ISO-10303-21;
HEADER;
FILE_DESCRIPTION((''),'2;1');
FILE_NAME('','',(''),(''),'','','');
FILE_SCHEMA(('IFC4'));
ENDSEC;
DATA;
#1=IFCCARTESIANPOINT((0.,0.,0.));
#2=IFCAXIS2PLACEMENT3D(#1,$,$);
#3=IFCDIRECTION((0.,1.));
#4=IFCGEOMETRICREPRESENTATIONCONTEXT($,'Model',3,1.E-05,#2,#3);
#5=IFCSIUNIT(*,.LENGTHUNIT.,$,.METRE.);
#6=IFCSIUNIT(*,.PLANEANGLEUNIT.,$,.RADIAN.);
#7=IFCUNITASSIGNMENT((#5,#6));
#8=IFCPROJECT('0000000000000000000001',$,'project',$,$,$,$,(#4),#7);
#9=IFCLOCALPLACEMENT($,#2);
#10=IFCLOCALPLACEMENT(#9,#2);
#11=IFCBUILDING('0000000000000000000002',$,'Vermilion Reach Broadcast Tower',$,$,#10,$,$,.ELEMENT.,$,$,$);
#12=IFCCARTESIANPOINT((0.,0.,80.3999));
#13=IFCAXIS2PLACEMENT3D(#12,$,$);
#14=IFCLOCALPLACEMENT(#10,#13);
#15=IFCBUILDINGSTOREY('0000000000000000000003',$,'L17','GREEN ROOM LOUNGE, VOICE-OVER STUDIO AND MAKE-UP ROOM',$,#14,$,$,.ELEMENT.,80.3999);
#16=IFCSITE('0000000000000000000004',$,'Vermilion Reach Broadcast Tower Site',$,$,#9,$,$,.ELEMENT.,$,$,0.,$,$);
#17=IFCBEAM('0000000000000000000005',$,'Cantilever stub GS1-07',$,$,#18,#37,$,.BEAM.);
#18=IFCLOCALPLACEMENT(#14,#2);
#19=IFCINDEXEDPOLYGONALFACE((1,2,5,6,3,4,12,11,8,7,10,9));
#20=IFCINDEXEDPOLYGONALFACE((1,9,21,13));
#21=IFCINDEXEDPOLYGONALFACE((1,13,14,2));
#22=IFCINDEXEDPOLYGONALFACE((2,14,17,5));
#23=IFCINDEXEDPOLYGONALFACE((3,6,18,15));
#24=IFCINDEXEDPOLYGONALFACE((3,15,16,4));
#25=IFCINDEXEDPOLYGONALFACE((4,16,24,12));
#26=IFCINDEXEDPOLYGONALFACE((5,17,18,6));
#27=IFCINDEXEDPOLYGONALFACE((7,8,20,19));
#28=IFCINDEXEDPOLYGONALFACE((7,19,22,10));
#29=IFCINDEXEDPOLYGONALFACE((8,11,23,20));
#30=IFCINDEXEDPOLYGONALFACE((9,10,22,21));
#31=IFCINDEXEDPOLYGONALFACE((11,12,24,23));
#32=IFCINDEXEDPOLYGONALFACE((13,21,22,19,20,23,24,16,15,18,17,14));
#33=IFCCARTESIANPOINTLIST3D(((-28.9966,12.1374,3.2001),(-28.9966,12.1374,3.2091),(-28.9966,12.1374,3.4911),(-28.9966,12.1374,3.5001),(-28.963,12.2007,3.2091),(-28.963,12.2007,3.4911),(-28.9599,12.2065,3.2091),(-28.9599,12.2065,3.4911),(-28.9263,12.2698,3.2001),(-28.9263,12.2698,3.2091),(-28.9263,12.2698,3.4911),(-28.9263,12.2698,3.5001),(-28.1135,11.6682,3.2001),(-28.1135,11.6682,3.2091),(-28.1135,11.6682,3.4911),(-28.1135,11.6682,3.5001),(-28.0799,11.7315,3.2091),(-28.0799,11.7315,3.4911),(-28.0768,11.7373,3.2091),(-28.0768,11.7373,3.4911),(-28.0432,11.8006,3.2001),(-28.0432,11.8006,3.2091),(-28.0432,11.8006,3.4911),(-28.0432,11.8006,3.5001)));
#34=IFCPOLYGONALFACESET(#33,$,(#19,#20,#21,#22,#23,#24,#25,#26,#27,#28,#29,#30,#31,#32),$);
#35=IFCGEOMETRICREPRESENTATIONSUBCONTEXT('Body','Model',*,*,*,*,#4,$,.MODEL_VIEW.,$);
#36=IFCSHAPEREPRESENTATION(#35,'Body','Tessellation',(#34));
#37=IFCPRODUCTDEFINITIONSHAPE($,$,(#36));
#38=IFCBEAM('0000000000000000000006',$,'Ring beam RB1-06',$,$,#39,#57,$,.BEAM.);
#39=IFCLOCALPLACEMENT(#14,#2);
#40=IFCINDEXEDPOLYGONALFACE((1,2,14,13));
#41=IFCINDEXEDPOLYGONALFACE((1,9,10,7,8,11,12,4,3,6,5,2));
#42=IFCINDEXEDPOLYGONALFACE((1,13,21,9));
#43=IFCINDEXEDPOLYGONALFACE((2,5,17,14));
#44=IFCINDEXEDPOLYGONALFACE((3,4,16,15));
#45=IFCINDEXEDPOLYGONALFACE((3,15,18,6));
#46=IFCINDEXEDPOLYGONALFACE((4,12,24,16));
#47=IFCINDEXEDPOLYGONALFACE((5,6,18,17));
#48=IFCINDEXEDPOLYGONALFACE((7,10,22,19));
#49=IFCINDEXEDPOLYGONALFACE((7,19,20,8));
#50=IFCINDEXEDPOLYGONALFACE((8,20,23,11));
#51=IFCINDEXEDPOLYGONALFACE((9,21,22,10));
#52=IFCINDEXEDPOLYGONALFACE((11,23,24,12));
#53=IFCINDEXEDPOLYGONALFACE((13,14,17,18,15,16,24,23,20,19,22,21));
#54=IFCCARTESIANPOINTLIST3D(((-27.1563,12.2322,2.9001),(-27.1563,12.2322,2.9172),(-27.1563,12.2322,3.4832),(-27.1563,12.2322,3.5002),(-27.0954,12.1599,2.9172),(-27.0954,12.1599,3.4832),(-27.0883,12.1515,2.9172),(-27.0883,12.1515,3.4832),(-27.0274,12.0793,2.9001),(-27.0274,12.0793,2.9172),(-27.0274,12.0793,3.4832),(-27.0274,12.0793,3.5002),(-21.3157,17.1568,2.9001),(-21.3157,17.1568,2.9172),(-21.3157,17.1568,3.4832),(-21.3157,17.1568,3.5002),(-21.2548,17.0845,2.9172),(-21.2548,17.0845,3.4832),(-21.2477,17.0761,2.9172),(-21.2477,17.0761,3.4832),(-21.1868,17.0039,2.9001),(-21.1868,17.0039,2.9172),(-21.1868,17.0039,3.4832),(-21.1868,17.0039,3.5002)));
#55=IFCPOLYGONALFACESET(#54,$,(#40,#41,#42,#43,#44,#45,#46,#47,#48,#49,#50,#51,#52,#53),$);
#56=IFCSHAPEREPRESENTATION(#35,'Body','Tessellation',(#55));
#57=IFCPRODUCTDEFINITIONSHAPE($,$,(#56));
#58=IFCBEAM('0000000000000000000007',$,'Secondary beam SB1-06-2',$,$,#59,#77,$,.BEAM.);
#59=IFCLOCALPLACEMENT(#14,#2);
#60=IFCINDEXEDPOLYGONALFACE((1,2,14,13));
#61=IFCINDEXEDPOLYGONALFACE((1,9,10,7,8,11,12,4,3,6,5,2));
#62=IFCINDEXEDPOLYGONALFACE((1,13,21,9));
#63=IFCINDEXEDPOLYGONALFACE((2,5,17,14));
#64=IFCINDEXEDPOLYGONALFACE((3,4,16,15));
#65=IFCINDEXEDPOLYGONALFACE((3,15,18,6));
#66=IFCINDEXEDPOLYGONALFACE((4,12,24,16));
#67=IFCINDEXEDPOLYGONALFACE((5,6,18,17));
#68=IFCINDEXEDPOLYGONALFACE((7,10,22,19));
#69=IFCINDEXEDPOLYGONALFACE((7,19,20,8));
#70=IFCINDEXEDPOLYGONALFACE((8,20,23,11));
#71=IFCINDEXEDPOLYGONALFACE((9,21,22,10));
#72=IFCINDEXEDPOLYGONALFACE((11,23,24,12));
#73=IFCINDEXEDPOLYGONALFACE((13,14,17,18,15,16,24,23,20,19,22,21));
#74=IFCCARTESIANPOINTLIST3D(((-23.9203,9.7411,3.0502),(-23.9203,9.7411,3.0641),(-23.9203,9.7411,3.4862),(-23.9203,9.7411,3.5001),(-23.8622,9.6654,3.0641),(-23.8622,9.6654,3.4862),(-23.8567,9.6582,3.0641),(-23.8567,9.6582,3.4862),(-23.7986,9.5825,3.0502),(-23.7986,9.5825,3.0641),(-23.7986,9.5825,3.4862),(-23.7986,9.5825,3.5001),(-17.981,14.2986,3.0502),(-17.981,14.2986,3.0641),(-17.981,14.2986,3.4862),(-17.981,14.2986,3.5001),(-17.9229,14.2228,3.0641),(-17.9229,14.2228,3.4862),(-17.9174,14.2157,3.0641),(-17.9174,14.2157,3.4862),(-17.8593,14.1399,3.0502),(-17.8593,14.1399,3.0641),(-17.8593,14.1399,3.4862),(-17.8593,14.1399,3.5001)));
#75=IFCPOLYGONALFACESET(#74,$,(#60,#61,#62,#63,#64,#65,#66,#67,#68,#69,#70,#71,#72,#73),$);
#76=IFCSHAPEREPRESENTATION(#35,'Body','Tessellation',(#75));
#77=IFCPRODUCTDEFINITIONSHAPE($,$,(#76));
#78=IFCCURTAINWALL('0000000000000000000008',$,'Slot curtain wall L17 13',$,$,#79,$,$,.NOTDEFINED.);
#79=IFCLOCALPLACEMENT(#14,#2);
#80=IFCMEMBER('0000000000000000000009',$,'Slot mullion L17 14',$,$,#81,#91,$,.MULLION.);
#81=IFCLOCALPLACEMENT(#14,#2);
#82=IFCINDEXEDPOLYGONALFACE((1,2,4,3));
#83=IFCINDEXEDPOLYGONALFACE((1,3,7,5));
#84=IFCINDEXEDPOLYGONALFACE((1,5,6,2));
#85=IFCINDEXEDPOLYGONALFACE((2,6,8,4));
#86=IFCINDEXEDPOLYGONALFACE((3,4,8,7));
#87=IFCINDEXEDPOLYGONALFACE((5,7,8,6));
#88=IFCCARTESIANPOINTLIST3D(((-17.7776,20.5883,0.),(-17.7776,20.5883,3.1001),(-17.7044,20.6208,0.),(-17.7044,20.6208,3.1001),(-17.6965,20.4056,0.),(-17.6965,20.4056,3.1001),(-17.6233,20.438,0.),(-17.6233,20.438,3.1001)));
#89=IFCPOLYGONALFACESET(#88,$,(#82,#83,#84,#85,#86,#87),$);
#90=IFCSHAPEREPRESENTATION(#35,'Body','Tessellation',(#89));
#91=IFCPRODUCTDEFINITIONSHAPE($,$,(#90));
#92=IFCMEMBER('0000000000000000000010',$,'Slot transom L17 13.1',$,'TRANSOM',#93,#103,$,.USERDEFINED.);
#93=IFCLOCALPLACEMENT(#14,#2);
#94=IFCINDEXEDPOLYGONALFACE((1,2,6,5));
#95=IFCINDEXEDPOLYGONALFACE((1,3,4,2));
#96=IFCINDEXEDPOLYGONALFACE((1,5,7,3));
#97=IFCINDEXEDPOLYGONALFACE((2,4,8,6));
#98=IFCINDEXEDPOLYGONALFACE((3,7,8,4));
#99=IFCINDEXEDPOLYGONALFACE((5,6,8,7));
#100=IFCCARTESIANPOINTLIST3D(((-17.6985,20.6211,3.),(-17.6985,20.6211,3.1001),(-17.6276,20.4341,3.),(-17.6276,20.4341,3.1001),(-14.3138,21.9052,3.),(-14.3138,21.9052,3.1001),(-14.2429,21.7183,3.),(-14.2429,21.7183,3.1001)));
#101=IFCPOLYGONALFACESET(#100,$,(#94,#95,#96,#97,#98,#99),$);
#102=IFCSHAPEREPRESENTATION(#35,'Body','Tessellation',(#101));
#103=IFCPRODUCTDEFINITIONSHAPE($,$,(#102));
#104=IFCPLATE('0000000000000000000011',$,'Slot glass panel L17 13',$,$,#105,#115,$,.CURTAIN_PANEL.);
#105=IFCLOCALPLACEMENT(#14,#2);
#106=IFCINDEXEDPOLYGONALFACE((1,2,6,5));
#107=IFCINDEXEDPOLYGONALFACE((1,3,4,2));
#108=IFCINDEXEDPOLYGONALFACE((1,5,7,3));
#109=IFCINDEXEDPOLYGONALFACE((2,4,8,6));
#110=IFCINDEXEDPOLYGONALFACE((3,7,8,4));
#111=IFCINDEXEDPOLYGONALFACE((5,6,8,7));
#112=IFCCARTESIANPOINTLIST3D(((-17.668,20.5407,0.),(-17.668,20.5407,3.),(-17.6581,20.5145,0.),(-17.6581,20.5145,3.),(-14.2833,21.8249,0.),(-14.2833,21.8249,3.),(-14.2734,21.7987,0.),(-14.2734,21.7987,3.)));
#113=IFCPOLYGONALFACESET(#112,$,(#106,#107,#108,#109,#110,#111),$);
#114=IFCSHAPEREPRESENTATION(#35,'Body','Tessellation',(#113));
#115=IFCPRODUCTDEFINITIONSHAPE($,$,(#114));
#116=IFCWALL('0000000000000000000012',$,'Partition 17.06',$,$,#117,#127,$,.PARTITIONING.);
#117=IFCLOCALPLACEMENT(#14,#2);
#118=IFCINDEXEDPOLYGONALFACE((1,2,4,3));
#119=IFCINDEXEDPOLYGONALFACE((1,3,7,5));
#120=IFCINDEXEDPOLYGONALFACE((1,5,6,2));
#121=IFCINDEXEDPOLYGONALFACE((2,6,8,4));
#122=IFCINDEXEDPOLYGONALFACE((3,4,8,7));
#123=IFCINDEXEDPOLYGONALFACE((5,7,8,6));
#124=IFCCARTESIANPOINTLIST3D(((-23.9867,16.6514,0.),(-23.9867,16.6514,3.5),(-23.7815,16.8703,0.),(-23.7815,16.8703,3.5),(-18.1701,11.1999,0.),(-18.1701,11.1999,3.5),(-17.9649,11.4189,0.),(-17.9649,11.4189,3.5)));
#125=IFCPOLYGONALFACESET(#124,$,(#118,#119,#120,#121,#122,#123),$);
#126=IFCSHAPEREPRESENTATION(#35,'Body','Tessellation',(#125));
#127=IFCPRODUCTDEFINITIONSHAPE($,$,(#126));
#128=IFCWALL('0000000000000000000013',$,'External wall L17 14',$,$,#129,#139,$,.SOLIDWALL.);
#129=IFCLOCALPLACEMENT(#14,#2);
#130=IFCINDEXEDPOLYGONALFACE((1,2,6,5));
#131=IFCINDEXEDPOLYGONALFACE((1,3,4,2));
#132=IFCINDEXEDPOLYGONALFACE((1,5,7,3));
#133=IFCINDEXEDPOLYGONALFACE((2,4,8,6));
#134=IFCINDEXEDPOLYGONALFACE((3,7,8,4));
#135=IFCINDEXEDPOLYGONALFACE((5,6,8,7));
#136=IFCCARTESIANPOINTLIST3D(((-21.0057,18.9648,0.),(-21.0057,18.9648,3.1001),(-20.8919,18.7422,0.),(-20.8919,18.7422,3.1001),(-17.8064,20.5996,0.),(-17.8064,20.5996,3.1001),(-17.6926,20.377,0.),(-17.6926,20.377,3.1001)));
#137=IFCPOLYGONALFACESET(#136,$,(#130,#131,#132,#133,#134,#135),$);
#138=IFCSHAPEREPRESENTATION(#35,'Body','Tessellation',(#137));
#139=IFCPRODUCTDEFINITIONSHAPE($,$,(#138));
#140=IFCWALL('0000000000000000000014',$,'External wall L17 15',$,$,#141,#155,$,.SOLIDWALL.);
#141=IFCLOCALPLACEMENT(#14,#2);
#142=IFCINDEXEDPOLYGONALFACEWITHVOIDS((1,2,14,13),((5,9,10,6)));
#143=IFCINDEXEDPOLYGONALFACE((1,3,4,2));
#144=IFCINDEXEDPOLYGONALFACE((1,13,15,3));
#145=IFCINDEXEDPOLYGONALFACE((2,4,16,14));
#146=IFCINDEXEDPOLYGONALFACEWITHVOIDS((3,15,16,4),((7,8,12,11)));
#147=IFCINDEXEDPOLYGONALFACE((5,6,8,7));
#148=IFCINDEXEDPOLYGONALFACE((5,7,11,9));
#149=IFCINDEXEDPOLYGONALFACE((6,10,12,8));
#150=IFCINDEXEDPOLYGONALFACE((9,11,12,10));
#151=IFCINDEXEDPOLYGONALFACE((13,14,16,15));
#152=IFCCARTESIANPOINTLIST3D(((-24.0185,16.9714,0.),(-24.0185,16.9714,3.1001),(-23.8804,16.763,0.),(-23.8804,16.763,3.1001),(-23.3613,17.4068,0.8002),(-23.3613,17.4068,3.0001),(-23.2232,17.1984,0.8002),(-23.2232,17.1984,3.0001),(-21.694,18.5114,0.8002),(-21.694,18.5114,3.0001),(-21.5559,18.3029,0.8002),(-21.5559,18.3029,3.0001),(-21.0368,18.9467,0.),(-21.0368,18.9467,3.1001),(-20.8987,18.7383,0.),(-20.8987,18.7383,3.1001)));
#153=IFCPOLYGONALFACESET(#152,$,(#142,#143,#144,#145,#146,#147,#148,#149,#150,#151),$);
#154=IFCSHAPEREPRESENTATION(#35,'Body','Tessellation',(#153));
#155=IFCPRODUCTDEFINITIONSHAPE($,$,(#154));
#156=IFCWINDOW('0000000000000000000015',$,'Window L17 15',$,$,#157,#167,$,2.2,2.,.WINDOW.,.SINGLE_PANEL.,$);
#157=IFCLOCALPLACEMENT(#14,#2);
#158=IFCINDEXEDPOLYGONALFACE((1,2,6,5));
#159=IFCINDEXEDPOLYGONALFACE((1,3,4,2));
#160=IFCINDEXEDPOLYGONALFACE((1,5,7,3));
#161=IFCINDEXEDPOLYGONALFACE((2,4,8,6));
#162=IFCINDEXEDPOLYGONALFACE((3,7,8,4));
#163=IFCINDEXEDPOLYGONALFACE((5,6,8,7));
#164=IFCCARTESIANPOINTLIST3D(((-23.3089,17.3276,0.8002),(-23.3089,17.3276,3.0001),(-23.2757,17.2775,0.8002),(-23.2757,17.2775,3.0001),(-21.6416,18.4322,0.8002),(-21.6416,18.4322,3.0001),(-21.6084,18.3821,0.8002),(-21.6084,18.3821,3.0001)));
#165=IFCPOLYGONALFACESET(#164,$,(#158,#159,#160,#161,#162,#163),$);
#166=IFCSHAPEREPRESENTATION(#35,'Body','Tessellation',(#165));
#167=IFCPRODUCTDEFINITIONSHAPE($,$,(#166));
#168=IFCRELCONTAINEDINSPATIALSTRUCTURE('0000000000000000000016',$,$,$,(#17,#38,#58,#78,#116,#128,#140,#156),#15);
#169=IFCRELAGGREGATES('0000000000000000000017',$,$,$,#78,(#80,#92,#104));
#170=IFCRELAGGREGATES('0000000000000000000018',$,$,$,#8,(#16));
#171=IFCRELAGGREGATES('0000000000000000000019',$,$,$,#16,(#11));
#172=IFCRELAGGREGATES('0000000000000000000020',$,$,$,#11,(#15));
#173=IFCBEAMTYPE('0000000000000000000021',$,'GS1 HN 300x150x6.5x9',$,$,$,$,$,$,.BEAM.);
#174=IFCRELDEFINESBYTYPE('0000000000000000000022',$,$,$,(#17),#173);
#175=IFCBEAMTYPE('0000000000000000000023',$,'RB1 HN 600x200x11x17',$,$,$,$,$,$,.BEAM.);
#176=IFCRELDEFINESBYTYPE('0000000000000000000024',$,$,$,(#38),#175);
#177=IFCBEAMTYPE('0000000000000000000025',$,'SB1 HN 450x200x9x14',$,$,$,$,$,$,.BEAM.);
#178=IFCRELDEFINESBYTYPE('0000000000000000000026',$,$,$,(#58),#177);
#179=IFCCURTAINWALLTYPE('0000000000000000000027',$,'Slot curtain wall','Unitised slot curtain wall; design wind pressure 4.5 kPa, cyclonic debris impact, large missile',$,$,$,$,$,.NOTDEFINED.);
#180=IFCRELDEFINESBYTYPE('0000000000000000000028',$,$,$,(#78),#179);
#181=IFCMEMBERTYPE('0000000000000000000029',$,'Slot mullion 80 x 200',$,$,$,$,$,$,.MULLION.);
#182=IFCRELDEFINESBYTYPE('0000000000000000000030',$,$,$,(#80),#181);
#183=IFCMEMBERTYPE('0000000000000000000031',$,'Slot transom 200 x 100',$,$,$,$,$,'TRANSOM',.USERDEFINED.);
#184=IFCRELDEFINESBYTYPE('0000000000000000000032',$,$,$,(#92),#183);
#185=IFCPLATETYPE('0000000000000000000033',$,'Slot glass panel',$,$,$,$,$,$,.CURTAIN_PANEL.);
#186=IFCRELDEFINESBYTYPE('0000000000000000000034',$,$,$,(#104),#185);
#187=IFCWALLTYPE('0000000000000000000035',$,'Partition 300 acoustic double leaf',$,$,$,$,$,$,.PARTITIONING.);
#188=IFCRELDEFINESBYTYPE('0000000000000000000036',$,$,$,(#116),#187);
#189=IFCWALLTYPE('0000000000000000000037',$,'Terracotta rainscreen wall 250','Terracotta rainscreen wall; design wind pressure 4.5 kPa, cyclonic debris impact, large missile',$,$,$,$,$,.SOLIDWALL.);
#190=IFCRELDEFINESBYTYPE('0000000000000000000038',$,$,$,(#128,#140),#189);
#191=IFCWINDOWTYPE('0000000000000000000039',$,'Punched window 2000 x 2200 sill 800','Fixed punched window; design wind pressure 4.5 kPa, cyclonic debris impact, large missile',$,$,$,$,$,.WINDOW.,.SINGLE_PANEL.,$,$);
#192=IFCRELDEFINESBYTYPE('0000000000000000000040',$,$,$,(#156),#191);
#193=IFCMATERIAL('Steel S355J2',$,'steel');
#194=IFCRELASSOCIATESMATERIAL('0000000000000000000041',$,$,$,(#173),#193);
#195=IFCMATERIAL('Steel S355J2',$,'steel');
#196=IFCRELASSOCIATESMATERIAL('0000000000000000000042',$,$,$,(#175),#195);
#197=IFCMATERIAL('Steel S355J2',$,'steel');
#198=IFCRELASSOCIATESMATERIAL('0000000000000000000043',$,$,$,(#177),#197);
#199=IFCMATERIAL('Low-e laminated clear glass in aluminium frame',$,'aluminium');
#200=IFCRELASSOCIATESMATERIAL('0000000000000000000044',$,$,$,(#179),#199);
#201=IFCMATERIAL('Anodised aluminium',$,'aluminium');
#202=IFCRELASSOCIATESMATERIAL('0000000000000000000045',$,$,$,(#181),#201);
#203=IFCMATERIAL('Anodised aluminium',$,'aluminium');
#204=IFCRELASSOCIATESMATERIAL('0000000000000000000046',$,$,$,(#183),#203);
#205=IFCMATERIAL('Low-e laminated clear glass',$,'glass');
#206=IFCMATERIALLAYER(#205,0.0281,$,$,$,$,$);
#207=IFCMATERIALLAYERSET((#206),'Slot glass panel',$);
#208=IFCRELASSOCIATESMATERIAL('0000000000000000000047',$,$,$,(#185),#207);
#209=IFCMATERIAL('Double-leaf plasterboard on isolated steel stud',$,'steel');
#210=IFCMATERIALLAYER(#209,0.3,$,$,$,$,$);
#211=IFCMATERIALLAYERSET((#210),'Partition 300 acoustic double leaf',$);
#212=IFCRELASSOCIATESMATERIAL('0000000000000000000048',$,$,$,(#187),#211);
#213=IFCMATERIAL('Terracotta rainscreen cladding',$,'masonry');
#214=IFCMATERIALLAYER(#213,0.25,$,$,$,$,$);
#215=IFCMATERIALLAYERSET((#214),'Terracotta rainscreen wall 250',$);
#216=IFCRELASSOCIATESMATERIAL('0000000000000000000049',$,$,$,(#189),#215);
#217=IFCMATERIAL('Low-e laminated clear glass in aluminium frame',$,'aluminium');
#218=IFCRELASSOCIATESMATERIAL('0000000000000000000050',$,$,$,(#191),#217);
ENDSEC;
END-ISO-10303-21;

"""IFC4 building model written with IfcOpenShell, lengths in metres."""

from ifc_helpers import new_model, si_unit, direction, frame, frame_2d, origin, origin_2d, place, context, subcontext, project, spatial, rectangle, i_section, extrude, material, layer, layer_set, material_profile, profile_set, type_object, element, fill, aggregate, save


model = new_model("IFC4")

# Units and contexts
model_context = context("Model", 3, precision=1e-05, world=origin(), true_north=direction((0.0, 1.0)))
body_context = subcontext(model_context, "Body", "Model", "MODEL_VIEW")
ifc_project = project(units=[si_unit("LENGTHUNIT", "METRE"), si_unit("PLANEANGLEUNIT", "RADIAN")], contexts=[model_context])

# Site, building, storey
site_placement = place(None, origin())
site = spatial("IfcSite", under=ifc_project, at=site_placement, Name="Vermilion Reach Broadcast Tower Site", CompositionType="ELEMENT", RefElevation=0.0)
building_placement = place(site_placement, origin())
building = spatial("IfcBuilding", under=site, at=building_placement, Name="Vermilion Reach Broadcast Tower", CompositionType="ELEMENT")
storey_placement = place(building_placement, frame((0.0, 0.0, 80.3999)))
storey = spatial("IfcBuildingStorey", under=building, at=storey_placement, Name="L17", Description="GREEN ROOM LOUNGE, VOICE-OVER STUDIO AND MAKE-UP ROOM", CompositionType="ELEMENT", Elevation=80.3999)

# Beams
ifc_material_1 = material(Name="Steel S355J2", Category="steel")
ifc_material_profile_1 = material_profile(ifc_material_1, i_section(OverallWidth=0.1499, OverallDepth=0.3, WebThickness=0.0066, FlangeThickness=0.009, at=origin_2d()), Name="S355J2 HN 300x150x6.5x9")
ifc_profile_set_1 = profile_set([ifc_material_profile_1], Name="Steel S355J2")
beam_type_1 = type_object("IfcBeamType", Name="GS1 HN 300x150x6.5x9", PredefinedType="BEAM", material=ifc_profile_set_1)
for number, where, z_axis, x_axis, name in (
    (1, (-28.0784, 11.7344, 3.3501), (-0.883068, 0.469244, 0.0), (-0.469244, -0.883068, 0.0), "Cantilever stub GS1-07"),
):
    element("IfcBeam", number, at=place(storey_placement, frame(where, z_axis=z_axis, x_axis=x_axis)), inside=storey, type_object=beam_type_1, Name=name, PredefinedType="BEAM", context=body_context, shape_type="SweptSolid", body=[
        extrude(i_section(OverallWidth=0.1499, OverallDepth=0.3, WebThickness=0.0066, FlangeThickness=0.009, at=origin_2d()), origin(), (0.0, 0.0, 1.0), 1.0),
    ])
ifc_material_2 = material(Name="Steel S355J2", Category="steel")
ifc_material_profile_2 = material_profile(ifc_material_2, i_section(OverallWidth=0.2, OverallDepth=0.6001, WebThickness=0.011, FlangeThickness=0.0171, at=origin_2d()), Name="S355J2 HN 600x200x11x17")
ifc_profile_set_2 = profile_set([ifc_material_profile_2], Name="Steel S355J2")
beam_type_2 = type_object("IfcBeamType", Name="RB1 HN 600x200x11x17", PredefinedType="BEAM", material=ifc_profile_set_2)
beam_1_placement = place(storey_placement, frame((-21.2512, 17.0803, 3.2002), z_axis=(-0.764512, -0.644609, 0.0), x_axis=(0.644609, -0.764512, 0.0)))
element("IfcBeam", 2, at=beam_1_placement, inside=storey, type_object=beam_type_2, Name="Ring beam RB1-06", PredefinedType="BEAM", context=body_context, shape_type="SweptSolid", body=[
    extrude(i_section(OverallWidth=0.2, OverallDepth=0.6001, WebThickness=0.011, FlangeThickness=0.0171, at=origin_2d()), origin(), (0.0, 0.0, 1.0), 7.6396),
])
ifc_material_3 = material(Name="Steel S355J2", Category="steel")
ifc_material_profile_3 = material_profile(ifc_material_3, i_section(OverallWidth=0.2, OverallDepth=0.45, WebThickness=0.009, FlangeThickness=0.0139, at=origin_2d()), Name="S355J2 HN 450x200x9x14")
ifc_profile_set_3 = profile_set([ifc_material_profile_3], Name="Steel S355J2")
beam_type_3 = type_object("IfcBeamType", Name="SB1 HN 450x200x9x14", PredefinedType="BEAM", material=ifc_profile_set_3)
beam_2_placement = place(storey_placement, frame((-17.9202, 14.2192, 3.2751), z_axis=(-0.79335, -0.608766, 0.0), x_axis=(0.608766, -0.79335, 0.0)))
element("IfcBeam", 3, at=beam_2_placement, inside=storey, type_object=beam_type_3, Name="Secondary beam SB1-06-2", PredefinedType="BEAM", context=body_context, shape_type="SweptSolid", body=[
    extrude(i_section(OverallWidth=0.2, OverallDepth=0.45, WebThickness=0.009, FlangeThickness=0.0139, at=origin_2d()), origin(), (0.0, 0.0, 1.0), 7.4863),
])

# Curtain wall, members, plate
ifc_material_4 = material(Name="Low-e laminated clear glass in aluminium frame", Category="aluminium")
curtain_wall_type = type_object("IfcCurtainWallType", Name="Slot curtain wall", Description="Unitised slot curtain wall; design wind pressure 4.5 kPa, cyclonic debris impact, large missile", PredefinedType="NOTDEFINED", material=ifc_material_4)
curtain_wall_placement = place(storey_placement, origin())
curtain_wall = element("IfcCurtainWall", 4, at=curtain_wall_placement, inside=storey, type_object=curtain_wall_type, Name="Slot curtain wall L17 13", PredefinedType="NOTDEFINED")
ifc_material_5 = material(Name="Anodised aluminium", Category="aluminium")
ifc_material_profile_4 = material_profile(ifc_material_5, rectangle(XDim=0.2, YDim=0.0801, at=origin_2d()), Name="Slot mullion 80 x 200")
ifc_profile_set_4 = profile_set([ifc_material_profile_4], Name="Anodised aluminium")
member_type_1 = type_object("IfcMemberType", Name="Slot mullion 80 x 200", PredefinedType="MULLION", material=ifc_profile_set_4)
member_1_placement = place(storey_placement, frame((-17.7004, 20.5132, 0.0), z_axis=(0.0, 0.0, 1.0), x_axis=(0.405477, -0.914105, 0.0)))
member_1 = element("IfcMember", 5, at=member_1_placement, type_object=member_type_1, Name="Slot mullion L17 14", PredefinedType="MULLION", context=body_context, shape_type="SweptSolid", body=[
    extrude(rectangle(XDim=0.2, YDim=0.0801, at=origin_2d()), origin(), (0.0, 0.0, 1.0), 3.1001),
])
ifc_material_6 = material(Name="Anodised aluminium", Category="aluminium")
ifc_material_profile_5 = material_profile(ifc_material_6, rectangle(XDim=0.2, YDim=0.1001, at=origin_2d()), Name="Slot transom 200 x 100")
ifc_profile_set_5 = profile_set([ifc_material_profile_5], Name="Anodised aluminium")
member_type_2 = type_object("IfcMemberType", Name="Slot transom 200 x 100", ElementType="TRANSOM", PredefinedType="USERDEFINED", material=ifc_profile_set_5)
member_2_placement = place(storey_placement, frame((-14.2783, 21.8118, 3.05), z_axis=(-0.93497, -0.354727, 0.0), x_axis=(0.354727, -0.93497, 0.0)))
member_2 = element("IfcMember", 6, at=member_2_placement, type_object=member_type_2, Name="Slot transom L17 13.1", ObjectType="TRANSOM", PredefinedType="USERDEFINED", context=body_context, shape_type="SweptSolid", body=[
    extrude(rectangle(XDim=0.2, YDim=0.1001, at=origin_2d()), origin(), (0.0, 0.0, 1.0), 3.6201),
])
ifc_material_7 = material(Name="Low-e laminated clear glass", Category="glass")
ifc_layer_1 = layer(ifc_material_7, 0.0281)
ifc_layer_set_1 = layer_set([ifc_layer_1], Name="Slot glass panel")
plate_type = type_object("IfcPlateType", Name="Slot glass panel", PredefinedType="CURTAIN_PANEL", material=ifc_layer_set_1)
plate_placement = place(storey_placement, frame((-15.9707, 21.1697, 0.0), z_axis=(0.0, 0.0, 1.0), x_axis=(-0.934965, -0.354741, 0.0)))
plate = element("IfcPlate", 7, at=plate_placement, type_object=plate_type, Name="Slot glass panel L17 13", PredefinedType="CURTAIN_PANEL", context=body_context, shape_type="SweptSolid", body=[
    extrude(rectangle(XDim=3.6201, YDim=0.0281, at=origin_2d()), origin(), (0.0, 0.0, 1.0), 3.0),
])
aggregate(curtain_wall, [member_1, member_2, plate])

# Walls
ifc_material_8 = material(Name="Double-leaf plasterboard on isolated steel stud", Category="steel")
ifc_layer_2 = layer(ifc_material_8, 0.3)
ifc_layer_set_2 = layer_set([ifc_layer_2], Name="Partition 300 acoustic double leaf")
wall_type_1 = type_object("IfcWallType", Name="Partition 300 acoustic double leaf", PredefinedType="PARTITIONING", material=ifc_layer_set_2)
wall_1_placement = place(storey_placement, frame((-23.884, 16.7607, 0.0), z_axis=(0.0, 0.0, 1.0), x_axis=(0.729643, -0.683828, 0.0)))
element("IfcWall", 8, at=wall_1_placement, inside=storey, type_object=wall_type_1, Name="Partition 17.06", PredefinedType="PARTITIONING", context=body_context, shape_type="SweptSolid", body=[
    extrude(rectangle(XDim=7.9719, YDim=0.3, at=frame_2d((3.9858, 0.0))), origin(), (0.0, 0.0, 1.0), 3.5),
])
ifc_material_9 = material(Name="Terracotta rainscreen cladding", Category="masonry")
ifc_layer_3 = layer(ifc_material_9, 0.25)
ifc_layer_set_3 = layer_set([ifc_layer_3], Name="Terracotta rainscreen wall 250")
wall_type_2 = type_object("IfcWallType", Name="Terracotta rainscreen wall 250", Description="Terracotta rainscreen wall; design wind pressure 4.5 kPa, cyclonic debris impact, large missile", PredefinedType="SOLIDWALL", material=ifc_layer_set_3)
wall_2_placement = place(storey_placement, frame((-17.7495, 20.4883, 0.0), z_axis=(0.0, 0.0, 1.0), x_axis=(-0.890479, -0.455025, 0.0)))
element("IfcWall", 9, at=wall_2_placement, inside=storey, type_object=wall_type_2, Name="External wall L17 14", PredefinedType="SOLIDWALL", context=body_context, shape_type="SweptSolid", body=[
    extrude(rectangle(XDim=3.5928, YDim=0.25, at=frame_2d((1.7964, 0.0))), origin(), (0.0, 0.0, 1.0), 3.1001),
])

# Wall, opening, window
wall_3_placement = place(storey_placement, frame((-20.9678, 18.8425, 0.0), z_axis=(0.0, 0.0, 1.0), x_axis=(-0.833654, -0.552288, 0.0)))
wall_3 = element("IfcWall", 10, at=wall_3_placement, inside=storey, type_object=wall_type_2, Name="External wall L17 15", PredefinedType="SOLIDWALL", context=body_context, shape_type="SweptSolid", body=[
    extrude(rectangle(XDim=3.5767, YDim=0.25, at=frame_2d((1.7883, 0.0))), origin(), (0.0, 0.0, 1.0), 3.1001),
])
opening_1_placement = place(wall_3_placement, frame((0.7883, 0.0, 0.8)))
opening_1 = element("IfcOpeningElement", 11, at=opening_1_placement, cuts=wall_3, PredefinedType="OPENING", context=body_context, shape_type="SweptSolid", body=[
    extrude(rectangle(XDim=2.0, YDim=2.2, at=frame_2d((1.0, 1.1001))), frame((0.0, 0.135, 0.0), z_axis=(0.0, -1.0, 0.0), x_axis=(1.0, 0.0, 0.0)), (0.0, 0.0, 1.0), 0.27),
])
ifc_material_10 = material(Name="Low-e laminated clear glass in aluminium frame", Category="aluminium")
window_type = type_object("IfcWindowType", Name="Punched window 2000 x 2200 sill 800", Description="Fixed punched window; design wind pressure 4.5 kPa, cyclonic debris impact, large missile", PartitioningType="SINGLE_PANEL", PredefinedType="WINDOW", material=ifc_material_10)
window_1_placement = place(opening_1_placement, origin())
window_1 = element("IfcWindow", 12, at=window_1_placement, inside=storey, type_object=window_type, Name="Window L17 15", OverallHeight=2.2, OverallWidth=2.0, PartitioningType="SINGLE_PANEL", PredefinedType="WINDOW", context=body_context, shape_type="SweptSolid", body=[
    extrude(rectangle(XDim=2.0, YDim=2.2, at=frame_2d((1.0, 1.1001))), frame((0.0, 0.03, 0.0), z_axis=(0.0, -1.0, 0.0), x_axis=(1.0, 0.0, 0.0)), (0.0, 0.0, 1.0), 0.0601),
])
fill(opening_1, window_1)

save(model, "model.ifc")
